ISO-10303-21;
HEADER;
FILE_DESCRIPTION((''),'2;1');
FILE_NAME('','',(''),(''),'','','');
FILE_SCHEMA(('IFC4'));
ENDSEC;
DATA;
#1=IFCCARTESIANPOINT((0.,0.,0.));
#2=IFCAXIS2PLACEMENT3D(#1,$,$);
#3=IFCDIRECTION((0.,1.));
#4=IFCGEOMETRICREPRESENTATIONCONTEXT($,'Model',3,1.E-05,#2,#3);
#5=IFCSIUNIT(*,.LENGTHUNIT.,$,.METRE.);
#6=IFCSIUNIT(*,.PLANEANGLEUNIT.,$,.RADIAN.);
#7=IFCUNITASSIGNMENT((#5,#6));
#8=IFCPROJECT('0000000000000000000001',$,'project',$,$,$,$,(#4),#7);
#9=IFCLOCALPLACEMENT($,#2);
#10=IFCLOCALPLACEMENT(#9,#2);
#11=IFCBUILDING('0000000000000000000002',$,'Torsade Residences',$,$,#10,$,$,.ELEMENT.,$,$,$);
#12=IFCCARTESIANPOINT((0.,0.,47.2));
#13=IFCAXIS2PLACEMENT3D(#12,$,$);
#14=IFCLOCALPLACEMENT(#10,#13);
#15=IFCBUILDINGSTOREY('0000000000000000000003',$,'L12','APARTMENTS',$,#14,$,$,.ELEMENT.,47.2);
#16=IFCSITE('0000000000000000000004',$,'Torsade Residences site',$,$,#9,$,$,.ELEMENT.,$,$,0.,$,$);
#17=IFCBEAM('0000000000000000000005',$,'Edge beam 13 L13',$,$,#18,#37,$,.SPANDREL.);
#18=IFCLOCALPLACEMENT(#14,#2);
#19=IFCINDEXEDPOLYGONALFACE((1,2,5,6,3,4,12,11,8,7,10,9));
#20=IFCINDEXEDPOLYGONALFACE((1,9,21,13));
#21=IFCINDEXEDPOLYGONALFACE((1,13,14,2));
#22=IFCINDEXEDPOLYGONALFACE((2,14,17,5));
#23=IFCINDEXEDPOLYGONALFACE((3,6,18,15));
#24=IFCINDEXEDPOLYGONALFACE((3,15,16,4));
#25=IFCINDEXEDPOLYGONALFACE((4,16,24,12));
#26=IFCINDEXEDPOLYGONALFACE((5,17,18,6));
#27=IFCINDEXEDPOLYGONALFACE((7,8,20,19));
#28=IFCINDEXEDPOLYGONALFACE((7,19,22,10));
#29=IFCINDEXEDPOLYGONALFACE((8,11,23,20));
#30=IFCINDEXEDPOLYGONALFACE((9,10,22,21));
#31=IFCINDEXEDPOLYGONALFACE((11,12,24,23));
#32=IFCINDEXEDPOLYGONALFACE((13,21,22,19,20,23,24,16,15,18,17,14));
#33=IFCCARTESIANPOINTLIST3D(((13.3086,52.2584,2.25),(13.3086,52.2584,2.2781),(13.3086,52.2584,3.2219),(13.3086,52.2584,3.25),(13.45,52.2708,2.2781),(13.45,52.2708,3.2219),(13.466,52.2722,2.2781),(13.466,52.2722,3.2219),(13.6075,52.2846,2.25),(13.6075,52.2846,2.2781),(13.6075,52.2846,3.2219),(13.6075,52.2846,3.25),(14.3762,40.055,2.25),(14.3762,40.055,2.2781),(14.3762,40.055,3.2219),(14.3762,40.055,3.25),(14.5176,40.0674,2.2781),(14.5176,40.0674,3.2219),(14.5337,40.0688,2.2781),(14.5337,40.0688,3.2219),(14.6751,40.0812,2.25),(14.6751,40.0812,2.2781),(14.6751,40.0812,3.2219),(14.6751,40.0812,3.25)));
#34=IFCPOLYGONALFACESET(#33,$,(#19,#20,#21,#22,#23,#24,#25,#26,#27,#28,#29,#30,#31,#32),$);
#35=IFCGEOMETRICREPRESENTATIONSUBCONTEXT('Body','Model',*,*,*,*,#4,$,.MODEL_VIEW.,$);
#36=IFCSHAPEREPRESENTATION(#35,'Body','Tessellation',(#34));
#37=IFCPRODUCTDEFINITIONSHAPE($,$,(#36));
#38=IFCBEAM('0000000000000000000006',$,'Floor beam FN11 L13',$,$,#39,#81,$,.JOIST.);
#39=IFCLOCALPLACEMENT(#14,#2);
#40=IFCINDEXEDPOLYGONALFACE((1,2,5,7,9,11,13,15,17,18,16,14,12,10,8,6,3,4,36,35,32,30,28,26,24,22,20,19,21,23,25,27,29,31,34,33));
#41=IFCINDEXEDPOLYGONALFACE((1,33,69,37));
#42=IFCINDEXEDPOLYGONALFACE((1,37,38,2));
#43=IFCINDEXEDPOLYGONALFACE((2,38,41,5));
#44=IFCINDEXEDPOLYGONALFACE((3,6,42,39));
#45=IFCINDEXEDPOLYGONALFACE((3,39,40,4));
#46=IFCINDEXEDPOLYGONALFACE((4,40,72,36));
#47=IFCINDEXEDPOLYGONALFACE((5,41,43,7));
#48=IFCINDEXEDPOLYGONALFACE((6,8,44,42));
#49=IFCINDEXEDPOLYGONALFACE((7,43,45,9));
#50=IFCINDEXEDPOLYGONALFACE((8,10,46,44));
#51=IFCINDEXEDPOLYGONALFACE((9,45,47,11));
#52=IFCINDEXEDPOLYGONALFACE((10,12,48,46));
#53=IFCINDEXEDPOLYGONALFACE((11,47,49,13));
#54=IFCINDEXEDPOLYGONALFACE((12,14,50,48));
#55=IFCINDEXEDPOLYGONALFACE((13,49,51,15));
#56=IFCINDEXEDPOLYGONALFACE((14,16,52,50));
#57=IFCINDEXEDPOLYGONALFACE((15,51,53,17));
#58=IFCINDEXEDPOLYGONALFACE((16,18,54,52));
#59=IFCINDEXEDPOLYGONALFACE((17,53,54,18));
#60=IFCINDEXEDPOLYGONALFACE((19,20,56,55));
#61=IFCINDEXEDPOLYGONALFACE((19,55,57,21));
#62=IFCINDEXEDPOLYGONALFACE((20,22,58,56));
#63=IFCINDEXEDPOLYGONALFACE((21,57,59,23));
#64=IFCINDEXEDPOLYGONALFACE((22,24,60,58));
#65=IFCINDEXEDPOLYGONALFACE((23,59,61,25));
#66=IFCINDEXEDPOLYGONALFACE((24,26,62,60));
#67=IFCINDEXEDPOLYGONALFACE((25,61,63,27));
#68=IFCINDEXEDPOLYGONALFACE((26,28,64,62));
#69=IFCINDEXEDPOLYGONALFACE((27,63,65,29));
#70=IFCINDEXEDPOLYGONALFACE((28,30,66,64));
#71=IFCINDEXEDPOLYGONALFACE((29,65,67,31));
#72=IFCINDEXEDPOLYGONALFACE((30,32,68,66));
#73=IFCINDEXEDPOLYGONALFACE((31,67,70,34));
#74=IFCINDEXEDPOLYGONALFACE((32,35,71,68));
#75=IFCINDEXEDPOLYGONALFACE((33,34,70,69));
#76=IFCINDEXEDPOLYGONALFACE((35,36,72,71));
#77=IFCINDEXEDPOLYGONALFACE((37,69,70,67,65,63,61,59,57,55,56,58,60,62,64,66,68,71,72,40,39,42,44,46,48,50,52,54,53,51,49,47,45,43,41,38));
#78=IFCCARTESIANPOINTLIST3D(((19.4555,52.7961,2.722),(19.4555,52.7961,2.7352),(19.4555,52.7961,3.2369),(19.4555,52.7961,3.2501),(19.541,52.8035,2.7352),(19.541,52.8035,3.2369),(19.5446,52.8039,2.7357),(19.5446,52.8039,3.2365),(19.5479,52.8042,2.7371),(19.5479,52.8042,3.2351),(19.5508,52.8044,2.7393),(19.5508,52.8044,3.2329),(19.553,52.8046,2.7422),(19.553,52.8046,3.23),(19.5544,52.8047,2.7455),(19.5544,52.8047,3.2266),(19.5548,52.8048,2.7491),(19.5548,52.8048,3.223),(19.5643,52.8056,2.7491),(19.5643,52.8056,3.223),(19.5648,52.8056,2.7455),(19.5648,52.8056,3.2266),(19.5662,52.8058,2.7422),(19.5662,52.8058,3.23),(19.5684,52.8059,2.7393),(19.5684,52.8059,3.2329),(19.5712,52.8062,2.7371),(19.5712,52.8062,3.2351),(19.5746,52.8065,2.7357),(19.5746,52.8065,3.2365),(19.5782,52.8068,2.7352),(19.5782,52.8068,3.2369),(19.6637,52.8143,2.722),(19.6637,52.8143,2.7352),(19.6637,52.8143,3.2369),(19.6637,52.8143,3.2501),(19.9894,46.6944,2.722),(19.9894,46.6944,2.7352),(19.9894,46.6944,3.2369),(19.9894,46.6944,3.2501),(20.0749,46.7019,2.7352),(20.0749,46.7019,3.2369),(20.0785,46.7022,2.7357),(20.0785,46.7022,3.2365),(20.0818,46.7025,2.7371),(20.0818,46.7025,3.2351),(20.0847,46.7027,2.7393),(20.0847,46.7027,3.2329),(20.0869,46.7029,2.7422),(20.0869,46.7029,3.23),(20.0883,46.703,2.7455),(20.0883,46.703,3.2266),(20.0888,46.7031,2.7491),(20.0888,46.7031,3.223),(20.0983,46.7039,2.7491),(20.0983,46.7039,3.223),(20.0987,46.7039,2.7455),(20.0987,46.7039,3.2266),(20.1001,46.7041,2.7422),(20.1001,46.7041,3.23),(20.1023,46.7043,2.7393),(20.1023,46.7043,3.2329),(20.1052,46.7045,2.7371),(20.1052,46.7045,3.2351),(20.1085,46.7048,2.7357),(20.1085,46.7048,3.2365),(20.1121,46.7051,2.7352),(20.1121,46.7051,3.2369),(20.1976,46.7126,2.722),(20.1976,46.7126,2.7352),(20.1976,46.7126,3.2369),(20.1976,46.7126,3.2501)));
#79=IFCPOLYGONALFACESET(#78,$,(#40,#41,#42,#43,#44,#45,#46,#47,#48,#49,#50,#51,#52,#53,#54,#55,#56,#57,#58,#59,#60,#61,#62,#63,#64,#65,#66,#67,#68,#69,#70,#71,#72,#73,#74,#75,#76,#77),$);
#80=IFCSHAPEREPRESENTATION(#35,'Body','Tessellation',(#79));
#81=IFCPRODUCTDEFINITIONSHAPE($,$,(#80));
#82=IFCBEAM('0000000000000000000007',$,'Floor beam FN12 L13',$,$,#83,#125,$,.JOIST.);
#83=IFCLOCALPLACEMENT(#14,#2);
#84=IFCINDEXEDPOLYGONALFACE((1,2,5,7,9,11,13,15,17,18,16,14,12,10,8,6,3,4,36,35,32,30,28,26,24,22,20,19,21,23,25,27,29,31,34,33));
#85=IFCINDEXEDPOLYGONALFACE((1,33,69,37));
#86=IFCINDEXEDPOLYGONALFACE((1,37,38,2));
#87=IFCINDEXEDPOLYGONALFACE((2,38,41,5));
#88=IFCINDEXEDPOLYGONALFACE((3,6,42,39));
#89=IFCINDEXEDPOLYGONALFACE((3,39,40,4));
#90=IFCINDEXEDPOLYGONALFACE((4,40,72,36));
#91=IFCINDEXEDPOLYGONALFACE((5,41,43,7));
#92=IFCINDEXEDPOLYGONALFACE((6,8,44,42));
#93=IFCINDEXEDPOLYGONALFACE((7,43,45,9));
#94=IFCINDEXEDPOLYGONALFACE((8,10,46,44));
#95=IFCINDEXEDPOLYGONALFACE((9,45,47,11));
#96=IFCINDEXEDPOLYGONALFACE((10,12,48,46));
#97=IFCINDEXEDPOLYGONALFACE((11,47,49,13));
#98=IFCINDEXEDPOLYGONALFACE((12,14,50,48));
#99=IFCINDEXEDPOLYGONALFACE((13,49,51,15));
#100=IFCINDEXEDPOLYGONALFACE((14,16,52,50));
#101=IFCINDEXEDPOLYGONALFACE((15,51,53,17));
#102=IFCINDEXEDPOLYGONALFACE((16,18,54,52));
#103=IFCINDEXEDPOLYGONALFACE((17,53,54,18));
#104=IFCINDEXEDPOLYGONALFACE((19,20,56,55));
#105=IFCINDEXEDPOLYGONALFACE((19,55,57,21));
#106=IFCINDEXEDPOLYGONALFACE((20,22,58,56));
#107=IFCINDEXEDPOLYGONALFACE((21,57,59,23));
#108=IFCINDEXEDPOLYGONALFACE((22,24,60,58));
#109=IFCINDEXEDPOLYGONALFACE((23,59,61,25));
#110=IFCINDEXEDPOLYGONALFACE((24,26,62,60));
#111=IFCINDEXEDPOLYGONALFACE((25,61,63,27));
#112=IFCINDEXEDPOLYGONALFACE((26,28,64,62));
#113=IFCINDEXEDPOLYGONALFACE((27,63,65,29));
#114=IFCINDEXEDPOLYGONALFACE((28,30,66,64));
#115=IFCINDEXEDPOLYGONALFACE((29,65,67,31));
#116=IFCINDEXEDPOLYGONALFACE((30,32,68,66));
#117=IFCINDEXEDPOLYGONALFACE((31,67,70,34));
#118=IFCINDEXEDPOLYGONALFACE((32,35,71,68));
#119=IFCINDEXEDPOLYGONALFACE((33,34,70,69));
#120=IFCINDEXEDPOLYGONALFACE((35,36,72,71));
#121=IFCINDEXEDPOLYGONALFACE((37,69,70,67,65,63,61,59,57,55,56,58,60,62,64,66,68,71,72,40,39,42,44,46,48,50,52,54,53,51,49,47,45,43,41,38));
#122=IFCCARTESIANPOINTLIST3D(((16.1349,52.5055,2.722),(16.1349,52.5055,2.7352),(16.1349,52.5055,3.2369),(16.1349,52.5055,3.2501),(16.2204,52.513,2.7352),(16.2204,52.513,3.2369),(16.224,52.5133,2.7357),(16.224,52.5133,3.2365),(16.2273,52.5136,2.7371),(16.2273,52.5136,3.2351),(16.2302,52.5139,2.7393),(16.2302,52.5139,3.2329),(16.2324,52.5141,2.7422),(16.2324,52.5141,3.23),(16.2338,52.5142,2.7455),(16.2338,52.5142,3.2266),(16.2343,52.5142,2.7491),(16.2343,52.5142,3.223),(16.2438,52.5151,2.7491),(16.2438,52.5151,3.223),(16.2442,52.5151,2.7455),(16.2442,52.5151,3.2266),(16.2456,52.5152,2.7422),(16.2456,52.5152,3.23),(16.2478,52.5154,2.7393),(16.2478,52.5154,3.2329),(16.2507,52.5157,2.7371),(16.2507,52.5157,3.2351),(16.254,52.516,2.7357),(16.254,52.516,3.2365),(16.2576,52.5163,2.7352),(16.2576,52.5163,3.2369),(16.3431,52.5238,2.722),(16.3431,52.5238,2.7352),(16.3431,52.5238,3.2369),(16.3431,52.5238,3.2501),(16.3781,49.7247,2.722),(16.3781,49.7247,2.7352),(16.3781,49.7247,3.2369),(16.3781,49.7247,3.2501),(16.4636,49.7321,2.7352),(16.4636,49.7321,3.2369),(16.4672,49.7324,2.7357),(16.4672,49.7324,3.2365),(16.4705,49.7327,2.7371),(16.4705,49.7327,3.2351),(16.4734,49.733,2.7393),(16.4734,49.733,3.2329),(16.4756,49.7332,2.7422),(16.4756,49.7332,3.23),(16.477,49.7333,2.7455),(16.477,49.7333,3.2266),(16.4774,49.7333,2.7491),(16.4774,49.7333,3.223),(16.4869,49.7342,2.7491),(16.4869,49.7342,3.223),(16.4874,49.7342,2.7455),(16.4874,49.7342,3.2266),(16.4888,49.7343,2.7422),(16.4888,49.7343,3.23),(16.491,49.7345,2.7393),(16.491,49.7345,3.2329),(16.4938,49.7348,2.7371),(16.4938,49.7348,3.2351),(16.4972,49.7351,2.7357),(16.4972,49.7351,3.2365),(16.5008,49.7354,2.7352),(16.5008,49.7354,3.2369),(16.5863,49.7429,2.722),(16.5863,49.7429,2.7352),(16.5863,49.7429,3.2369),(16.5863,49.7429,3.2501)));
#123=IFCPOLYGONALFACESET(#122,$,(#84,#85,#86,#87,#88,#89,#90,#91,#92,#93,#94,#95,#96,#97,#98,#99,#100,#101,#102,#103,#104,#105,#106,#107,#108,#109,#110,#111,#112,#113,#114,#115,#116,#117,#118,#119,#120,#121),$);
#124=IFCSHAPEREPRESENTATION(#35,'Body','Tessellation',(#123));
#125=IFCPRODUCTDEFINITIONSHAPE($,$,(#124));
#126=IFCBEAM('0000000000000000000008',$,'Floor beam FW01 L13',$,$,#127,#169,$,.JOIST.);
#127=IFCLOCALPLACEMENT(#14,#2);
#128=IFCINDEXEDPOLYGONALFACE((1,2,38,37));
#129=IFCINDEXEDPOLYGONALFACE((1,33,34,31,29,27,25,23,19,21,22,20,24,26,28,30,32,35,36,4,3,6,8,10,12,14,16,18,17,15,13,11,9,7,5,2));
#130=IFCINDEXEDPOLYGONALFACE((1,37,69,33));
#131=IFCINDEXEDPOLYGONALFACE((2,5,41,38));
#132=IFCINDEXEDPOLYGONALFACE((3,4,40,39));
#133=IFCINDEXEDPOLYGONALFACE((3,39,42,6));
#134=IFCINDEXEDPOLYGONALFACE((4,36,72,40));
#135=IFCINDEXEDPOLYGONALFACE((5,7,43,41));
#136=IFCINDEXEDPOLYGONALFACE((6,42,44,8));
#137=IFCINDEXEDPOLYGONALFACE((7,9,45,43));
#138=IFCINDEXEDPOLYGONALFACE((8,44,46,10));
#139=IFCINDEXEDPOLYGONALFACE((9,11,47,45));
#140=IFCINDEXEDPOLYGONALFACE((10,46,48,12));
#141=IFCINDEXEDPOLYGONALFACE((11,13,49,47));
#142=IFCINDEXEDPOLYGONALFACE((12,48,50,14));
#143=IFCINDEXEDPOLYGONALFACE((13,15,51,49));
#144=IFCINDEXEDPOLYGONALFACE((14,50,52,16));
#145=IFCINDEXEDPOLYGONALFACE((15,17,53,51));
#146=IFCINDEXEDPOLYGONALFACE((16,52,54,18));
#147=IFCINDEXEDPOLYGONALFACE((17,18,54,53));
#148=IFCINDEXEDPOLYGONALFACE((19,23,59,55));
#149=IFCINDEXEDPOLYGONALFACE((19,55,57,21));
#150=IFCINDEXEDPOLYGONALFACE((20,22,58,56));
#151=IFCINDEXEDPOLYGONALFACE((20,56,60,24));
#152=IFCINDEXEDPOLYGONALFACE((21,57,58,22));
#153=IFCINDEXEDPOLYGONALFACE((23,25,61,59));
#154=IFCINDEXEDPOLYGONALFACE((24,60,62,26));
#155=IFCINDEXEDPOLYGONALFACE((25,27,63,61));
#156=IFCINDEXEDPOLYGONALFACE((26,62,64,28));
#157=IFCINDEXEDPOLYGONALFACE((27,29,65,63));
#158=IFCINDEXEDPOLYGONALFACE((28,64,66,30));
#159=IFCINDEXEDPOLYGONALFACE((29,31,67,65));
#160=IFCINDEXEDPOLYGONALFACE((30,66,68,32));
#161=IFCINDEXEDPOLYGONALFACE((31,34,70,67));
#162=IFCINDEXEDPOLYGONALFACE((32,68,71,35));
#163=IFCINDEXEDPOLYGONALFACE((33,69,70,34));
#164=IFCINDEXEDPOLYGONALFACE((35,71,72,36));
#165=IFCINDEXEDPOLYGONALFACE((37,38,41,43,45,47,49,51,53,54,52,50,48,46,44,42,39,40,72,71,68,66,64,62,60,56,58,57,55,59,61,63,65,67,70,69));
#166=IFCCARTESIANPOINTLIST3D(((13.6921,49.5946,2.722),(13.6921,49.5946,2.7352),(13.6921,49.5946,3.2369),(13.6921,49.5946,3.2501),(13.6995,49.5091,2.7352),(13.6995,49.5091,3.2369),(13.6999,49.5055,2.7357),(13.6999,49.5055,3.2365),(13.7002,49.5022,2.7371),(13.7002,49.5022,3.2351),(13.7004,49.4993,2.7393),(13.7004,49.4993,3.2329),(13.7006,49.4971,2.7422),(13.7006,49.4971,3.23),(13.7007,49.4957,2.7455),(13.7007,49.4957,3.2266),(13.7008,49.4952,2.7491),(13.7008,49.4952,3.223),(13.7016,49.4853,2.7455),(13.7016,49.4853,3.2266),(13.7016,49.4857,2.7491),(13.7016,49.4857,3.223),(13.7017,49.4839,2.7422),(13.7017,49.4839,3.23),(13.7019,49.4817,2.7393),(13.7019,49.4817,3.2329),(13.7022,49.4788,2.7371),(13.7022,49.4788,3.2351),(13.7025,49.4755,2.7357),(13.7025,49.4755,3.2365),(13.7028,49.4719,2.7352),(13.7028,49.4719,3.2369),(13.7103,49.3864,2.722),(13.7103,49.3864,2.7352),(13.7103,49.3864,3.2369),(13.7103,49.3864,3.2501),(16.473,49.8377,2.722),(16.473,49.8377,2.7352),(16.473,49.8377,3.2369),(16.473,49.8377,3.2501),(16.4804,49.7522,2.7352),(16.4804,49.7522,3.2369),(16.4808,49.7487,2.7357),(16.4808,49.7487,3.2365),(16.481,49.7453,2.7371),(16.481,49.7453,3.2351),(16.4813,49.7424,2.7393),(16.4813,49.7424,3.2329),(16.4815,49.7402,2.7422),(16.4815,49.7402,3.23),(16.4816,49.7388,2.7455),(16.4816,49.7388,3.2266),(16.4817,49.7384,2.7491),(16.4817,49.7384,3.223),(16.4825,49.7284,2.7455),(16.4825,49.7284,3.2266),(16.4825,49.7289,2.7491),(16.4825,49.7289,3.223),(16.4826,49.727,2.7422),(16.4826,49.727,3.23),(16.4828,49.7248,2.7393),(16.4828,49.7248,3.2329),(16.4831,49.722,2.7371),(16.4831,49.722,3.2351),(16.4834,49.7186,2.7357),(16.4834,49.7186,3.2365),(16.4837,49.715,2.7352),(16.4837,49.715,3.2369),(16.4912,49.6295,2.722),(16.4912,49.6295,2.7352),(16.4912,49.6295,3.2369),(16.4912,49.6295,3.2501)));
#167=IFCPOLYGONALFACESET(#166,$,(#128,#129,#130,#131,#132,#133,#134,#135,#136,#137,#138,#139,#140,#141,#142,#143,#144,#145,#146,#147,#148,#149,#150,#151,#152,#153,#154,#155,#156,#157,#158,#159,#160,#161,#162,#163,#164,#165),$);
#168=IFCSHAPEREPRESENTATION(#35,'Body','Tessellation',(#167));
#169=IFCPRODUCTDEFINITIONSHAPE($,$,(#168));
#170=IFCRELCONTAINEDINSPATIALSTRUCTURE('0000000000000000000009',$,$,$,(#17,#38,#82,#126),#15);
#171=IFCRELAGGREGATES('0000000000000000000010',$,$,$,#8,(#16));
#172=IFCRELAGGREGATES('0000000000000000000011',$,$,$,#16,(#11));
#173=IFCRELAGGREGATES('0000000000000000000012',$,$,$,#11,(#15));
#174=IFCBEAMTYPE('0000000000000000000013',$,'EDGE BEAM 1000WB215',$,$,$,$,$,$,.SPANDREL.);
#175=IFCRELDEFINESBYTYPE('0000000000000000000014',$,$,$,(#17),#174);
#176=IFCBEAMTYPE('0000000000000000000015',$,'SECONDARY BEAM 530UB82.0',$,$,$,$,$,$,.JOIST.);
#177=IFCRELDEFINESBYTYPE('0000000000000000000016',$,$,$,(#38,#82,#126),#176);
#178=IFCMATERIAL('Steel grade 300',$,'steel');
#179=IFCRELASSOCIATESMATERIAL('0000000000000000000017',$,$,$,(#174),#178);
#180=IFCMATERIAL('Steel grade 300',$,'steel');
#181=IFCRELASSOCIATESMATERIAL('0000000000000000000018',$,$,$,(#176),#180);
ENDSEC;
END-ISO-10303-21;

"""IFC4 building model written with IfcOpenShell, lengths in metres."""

from ifc_helpers import new_model, si_unit, direction, frame, origin, origin_2d, place, context, subcontext, project, spatial, i_section, extrude, material, material_profile, profile_set, type_object, element, save


model = new_model("IFC4")

# Units and contexts
model_context = context("Model", 3, precision=1e-05, world=origin(), true_north=direction((0.0, 1.0)))
body_context = subcontext(model_context, "Body", "Model", "MODEL_VIEW")
ifc_project = project(units=[si_unit("LENGTHUNIT", "METRE"), si_unit("PLANEANGLEUNIT", "RADIAN")], contexts=[model_context])

# Site, building, storey
site_placement = place(None, origin())
site = spatial("IfcSite", under=ifc_project, at=site_placement, Name="Torsade Residences site", CompositionType="ELEMENT", RefElevation=0.0)
building_placement = place(site_placement, origin())
building = spatial("IfcBuilding", under=site, at=building_placement, Name="Torsade Residences", CompositionType="ELEMENT")
storey_placement = place(building_placement, frame((0.0, 0.0, 47.2)))
storey = spatial("IfcBuildingStorey", under=building, at=storey_placement, Name="L12", Description="APARTMENTS", CompositionType="ELEMENT", Elevation=47.2)

# Beams
ifc_material_1 = material(Name="Steel grade 300", Category="steel")
ifc_material_profile_1 = material_profile(ifc_material_1, i_section(OverallWidth=0.3, OverallDepth=1.0, WebThickness=0.0161, FlangeThickness=0.0281, at=origin_2d()), Name="1000WB215")
ifc_profile_set_1 = profile_set([ifc_material_profile_1], Name="Steel grade 300")
beam_type_1 = type_object("IfcBeamType", Name="EDGE BEAM 1000WB215", PredefinedType="SPANDREL", material=ifc_profile_set_1)
beam_1_placement = place(storey_placement, frame((13.458, 52.2715, 2.75), z_axis=(0.087153, -0.996195, 0.0), x_axis=(0.996195, 0.087153, 0.0)))
element("IfcBeam", 1, at=beam_1_placement, inside=storey, type_object=beam_type_1, Name="Edge beam 13 L13", PredefinedType="SPANDREL", context=body_context, shape_type="SweptSolid", body=[
    extrude(i_section(OverallWidth=0.3, OverallDepth=1.0, WebThickness=0.0161, FlangeThickness=0.0281, at=origin_2d()), origin(), (0.0, 0.0, 1.0), 12.25),
])
ifc_material_2 = material(Name="Steel grade 300", Category="steel")
ifc_material_profile_2 = material_profile(ifc_material_2, i_section(OverallWidth=0.209, OverallDepth=0.5281, WebThickness=0.0095, FlangeThickness=0.0132, FilletRadius=0.0139, at=origin_2d()), Name="530UB82.0")
ifc_profile_set_2 = profile_set([ifc_material_profile_2], Name="Steel grade 300")
beam_type_2 = type_object("IfcBeamType", Name="SECONDARY BEAM 530UB82.0", PredefinedType="JOIST", material=ifc_profile_set_2)
beam_2_placement = place(storey_placement, frame((19.5596, 52.8052, 2.9861), z_axis=(0.087175, -0.996193, 0.0), x_axis=(0.996193, 0.087175, 0.0)))
element("IfcBeam", 2, at=beam_2_placement, inside=storey, type_object=beam_type_2, Name="Floor beam FN11 L13", PredefinedType="JOIST", context=body_context, shape_type="SweptSolid", body=[
    extrude(i_section(OverallWidth=0.209, OverallDepth=0.5281, WebThickness=0.0095, FlangeThickness=0.0132, FilletRadius=0.0139, at=origin_2d()), origin(), (0.0, 0.0, 1.0), 6.125),
])
for number, where, z_axis, x_axis, name in (
    (3, (16.239, 52.5146, 2.9861), (0.087105, -0.996199, 0.0), (0.996199, 0.087105, 0.0), "Floor beam FN12 L13"),
    (4, (13.7012, 49.4905, 2.9861), (0.996199, 0.087105, 0.0), (-0.087105, 0.996199, 0.0), "Floor beam FW01 L13"),
):
    element("IfcBeam", number, at=place(storey_placement, frame(where, z_axis=z_axis, x_axis=x_axis)), inside=storey, type_object=beam_type_2, Name=name, PredefinedType="JOIST", context=body_context, shape_type="SweptSolid", body=[
        extrude(i_section(OverallWidth=0.209, OverallDepth=0.5281, WebThickness=0.0095, FlangeThickness=0.0132, FilletRadius=0.0139, at=origin_2d()), origin(), (0.0, 0.0, 1.0), 2.7915),
    ])

save(model, "model.ifc")
